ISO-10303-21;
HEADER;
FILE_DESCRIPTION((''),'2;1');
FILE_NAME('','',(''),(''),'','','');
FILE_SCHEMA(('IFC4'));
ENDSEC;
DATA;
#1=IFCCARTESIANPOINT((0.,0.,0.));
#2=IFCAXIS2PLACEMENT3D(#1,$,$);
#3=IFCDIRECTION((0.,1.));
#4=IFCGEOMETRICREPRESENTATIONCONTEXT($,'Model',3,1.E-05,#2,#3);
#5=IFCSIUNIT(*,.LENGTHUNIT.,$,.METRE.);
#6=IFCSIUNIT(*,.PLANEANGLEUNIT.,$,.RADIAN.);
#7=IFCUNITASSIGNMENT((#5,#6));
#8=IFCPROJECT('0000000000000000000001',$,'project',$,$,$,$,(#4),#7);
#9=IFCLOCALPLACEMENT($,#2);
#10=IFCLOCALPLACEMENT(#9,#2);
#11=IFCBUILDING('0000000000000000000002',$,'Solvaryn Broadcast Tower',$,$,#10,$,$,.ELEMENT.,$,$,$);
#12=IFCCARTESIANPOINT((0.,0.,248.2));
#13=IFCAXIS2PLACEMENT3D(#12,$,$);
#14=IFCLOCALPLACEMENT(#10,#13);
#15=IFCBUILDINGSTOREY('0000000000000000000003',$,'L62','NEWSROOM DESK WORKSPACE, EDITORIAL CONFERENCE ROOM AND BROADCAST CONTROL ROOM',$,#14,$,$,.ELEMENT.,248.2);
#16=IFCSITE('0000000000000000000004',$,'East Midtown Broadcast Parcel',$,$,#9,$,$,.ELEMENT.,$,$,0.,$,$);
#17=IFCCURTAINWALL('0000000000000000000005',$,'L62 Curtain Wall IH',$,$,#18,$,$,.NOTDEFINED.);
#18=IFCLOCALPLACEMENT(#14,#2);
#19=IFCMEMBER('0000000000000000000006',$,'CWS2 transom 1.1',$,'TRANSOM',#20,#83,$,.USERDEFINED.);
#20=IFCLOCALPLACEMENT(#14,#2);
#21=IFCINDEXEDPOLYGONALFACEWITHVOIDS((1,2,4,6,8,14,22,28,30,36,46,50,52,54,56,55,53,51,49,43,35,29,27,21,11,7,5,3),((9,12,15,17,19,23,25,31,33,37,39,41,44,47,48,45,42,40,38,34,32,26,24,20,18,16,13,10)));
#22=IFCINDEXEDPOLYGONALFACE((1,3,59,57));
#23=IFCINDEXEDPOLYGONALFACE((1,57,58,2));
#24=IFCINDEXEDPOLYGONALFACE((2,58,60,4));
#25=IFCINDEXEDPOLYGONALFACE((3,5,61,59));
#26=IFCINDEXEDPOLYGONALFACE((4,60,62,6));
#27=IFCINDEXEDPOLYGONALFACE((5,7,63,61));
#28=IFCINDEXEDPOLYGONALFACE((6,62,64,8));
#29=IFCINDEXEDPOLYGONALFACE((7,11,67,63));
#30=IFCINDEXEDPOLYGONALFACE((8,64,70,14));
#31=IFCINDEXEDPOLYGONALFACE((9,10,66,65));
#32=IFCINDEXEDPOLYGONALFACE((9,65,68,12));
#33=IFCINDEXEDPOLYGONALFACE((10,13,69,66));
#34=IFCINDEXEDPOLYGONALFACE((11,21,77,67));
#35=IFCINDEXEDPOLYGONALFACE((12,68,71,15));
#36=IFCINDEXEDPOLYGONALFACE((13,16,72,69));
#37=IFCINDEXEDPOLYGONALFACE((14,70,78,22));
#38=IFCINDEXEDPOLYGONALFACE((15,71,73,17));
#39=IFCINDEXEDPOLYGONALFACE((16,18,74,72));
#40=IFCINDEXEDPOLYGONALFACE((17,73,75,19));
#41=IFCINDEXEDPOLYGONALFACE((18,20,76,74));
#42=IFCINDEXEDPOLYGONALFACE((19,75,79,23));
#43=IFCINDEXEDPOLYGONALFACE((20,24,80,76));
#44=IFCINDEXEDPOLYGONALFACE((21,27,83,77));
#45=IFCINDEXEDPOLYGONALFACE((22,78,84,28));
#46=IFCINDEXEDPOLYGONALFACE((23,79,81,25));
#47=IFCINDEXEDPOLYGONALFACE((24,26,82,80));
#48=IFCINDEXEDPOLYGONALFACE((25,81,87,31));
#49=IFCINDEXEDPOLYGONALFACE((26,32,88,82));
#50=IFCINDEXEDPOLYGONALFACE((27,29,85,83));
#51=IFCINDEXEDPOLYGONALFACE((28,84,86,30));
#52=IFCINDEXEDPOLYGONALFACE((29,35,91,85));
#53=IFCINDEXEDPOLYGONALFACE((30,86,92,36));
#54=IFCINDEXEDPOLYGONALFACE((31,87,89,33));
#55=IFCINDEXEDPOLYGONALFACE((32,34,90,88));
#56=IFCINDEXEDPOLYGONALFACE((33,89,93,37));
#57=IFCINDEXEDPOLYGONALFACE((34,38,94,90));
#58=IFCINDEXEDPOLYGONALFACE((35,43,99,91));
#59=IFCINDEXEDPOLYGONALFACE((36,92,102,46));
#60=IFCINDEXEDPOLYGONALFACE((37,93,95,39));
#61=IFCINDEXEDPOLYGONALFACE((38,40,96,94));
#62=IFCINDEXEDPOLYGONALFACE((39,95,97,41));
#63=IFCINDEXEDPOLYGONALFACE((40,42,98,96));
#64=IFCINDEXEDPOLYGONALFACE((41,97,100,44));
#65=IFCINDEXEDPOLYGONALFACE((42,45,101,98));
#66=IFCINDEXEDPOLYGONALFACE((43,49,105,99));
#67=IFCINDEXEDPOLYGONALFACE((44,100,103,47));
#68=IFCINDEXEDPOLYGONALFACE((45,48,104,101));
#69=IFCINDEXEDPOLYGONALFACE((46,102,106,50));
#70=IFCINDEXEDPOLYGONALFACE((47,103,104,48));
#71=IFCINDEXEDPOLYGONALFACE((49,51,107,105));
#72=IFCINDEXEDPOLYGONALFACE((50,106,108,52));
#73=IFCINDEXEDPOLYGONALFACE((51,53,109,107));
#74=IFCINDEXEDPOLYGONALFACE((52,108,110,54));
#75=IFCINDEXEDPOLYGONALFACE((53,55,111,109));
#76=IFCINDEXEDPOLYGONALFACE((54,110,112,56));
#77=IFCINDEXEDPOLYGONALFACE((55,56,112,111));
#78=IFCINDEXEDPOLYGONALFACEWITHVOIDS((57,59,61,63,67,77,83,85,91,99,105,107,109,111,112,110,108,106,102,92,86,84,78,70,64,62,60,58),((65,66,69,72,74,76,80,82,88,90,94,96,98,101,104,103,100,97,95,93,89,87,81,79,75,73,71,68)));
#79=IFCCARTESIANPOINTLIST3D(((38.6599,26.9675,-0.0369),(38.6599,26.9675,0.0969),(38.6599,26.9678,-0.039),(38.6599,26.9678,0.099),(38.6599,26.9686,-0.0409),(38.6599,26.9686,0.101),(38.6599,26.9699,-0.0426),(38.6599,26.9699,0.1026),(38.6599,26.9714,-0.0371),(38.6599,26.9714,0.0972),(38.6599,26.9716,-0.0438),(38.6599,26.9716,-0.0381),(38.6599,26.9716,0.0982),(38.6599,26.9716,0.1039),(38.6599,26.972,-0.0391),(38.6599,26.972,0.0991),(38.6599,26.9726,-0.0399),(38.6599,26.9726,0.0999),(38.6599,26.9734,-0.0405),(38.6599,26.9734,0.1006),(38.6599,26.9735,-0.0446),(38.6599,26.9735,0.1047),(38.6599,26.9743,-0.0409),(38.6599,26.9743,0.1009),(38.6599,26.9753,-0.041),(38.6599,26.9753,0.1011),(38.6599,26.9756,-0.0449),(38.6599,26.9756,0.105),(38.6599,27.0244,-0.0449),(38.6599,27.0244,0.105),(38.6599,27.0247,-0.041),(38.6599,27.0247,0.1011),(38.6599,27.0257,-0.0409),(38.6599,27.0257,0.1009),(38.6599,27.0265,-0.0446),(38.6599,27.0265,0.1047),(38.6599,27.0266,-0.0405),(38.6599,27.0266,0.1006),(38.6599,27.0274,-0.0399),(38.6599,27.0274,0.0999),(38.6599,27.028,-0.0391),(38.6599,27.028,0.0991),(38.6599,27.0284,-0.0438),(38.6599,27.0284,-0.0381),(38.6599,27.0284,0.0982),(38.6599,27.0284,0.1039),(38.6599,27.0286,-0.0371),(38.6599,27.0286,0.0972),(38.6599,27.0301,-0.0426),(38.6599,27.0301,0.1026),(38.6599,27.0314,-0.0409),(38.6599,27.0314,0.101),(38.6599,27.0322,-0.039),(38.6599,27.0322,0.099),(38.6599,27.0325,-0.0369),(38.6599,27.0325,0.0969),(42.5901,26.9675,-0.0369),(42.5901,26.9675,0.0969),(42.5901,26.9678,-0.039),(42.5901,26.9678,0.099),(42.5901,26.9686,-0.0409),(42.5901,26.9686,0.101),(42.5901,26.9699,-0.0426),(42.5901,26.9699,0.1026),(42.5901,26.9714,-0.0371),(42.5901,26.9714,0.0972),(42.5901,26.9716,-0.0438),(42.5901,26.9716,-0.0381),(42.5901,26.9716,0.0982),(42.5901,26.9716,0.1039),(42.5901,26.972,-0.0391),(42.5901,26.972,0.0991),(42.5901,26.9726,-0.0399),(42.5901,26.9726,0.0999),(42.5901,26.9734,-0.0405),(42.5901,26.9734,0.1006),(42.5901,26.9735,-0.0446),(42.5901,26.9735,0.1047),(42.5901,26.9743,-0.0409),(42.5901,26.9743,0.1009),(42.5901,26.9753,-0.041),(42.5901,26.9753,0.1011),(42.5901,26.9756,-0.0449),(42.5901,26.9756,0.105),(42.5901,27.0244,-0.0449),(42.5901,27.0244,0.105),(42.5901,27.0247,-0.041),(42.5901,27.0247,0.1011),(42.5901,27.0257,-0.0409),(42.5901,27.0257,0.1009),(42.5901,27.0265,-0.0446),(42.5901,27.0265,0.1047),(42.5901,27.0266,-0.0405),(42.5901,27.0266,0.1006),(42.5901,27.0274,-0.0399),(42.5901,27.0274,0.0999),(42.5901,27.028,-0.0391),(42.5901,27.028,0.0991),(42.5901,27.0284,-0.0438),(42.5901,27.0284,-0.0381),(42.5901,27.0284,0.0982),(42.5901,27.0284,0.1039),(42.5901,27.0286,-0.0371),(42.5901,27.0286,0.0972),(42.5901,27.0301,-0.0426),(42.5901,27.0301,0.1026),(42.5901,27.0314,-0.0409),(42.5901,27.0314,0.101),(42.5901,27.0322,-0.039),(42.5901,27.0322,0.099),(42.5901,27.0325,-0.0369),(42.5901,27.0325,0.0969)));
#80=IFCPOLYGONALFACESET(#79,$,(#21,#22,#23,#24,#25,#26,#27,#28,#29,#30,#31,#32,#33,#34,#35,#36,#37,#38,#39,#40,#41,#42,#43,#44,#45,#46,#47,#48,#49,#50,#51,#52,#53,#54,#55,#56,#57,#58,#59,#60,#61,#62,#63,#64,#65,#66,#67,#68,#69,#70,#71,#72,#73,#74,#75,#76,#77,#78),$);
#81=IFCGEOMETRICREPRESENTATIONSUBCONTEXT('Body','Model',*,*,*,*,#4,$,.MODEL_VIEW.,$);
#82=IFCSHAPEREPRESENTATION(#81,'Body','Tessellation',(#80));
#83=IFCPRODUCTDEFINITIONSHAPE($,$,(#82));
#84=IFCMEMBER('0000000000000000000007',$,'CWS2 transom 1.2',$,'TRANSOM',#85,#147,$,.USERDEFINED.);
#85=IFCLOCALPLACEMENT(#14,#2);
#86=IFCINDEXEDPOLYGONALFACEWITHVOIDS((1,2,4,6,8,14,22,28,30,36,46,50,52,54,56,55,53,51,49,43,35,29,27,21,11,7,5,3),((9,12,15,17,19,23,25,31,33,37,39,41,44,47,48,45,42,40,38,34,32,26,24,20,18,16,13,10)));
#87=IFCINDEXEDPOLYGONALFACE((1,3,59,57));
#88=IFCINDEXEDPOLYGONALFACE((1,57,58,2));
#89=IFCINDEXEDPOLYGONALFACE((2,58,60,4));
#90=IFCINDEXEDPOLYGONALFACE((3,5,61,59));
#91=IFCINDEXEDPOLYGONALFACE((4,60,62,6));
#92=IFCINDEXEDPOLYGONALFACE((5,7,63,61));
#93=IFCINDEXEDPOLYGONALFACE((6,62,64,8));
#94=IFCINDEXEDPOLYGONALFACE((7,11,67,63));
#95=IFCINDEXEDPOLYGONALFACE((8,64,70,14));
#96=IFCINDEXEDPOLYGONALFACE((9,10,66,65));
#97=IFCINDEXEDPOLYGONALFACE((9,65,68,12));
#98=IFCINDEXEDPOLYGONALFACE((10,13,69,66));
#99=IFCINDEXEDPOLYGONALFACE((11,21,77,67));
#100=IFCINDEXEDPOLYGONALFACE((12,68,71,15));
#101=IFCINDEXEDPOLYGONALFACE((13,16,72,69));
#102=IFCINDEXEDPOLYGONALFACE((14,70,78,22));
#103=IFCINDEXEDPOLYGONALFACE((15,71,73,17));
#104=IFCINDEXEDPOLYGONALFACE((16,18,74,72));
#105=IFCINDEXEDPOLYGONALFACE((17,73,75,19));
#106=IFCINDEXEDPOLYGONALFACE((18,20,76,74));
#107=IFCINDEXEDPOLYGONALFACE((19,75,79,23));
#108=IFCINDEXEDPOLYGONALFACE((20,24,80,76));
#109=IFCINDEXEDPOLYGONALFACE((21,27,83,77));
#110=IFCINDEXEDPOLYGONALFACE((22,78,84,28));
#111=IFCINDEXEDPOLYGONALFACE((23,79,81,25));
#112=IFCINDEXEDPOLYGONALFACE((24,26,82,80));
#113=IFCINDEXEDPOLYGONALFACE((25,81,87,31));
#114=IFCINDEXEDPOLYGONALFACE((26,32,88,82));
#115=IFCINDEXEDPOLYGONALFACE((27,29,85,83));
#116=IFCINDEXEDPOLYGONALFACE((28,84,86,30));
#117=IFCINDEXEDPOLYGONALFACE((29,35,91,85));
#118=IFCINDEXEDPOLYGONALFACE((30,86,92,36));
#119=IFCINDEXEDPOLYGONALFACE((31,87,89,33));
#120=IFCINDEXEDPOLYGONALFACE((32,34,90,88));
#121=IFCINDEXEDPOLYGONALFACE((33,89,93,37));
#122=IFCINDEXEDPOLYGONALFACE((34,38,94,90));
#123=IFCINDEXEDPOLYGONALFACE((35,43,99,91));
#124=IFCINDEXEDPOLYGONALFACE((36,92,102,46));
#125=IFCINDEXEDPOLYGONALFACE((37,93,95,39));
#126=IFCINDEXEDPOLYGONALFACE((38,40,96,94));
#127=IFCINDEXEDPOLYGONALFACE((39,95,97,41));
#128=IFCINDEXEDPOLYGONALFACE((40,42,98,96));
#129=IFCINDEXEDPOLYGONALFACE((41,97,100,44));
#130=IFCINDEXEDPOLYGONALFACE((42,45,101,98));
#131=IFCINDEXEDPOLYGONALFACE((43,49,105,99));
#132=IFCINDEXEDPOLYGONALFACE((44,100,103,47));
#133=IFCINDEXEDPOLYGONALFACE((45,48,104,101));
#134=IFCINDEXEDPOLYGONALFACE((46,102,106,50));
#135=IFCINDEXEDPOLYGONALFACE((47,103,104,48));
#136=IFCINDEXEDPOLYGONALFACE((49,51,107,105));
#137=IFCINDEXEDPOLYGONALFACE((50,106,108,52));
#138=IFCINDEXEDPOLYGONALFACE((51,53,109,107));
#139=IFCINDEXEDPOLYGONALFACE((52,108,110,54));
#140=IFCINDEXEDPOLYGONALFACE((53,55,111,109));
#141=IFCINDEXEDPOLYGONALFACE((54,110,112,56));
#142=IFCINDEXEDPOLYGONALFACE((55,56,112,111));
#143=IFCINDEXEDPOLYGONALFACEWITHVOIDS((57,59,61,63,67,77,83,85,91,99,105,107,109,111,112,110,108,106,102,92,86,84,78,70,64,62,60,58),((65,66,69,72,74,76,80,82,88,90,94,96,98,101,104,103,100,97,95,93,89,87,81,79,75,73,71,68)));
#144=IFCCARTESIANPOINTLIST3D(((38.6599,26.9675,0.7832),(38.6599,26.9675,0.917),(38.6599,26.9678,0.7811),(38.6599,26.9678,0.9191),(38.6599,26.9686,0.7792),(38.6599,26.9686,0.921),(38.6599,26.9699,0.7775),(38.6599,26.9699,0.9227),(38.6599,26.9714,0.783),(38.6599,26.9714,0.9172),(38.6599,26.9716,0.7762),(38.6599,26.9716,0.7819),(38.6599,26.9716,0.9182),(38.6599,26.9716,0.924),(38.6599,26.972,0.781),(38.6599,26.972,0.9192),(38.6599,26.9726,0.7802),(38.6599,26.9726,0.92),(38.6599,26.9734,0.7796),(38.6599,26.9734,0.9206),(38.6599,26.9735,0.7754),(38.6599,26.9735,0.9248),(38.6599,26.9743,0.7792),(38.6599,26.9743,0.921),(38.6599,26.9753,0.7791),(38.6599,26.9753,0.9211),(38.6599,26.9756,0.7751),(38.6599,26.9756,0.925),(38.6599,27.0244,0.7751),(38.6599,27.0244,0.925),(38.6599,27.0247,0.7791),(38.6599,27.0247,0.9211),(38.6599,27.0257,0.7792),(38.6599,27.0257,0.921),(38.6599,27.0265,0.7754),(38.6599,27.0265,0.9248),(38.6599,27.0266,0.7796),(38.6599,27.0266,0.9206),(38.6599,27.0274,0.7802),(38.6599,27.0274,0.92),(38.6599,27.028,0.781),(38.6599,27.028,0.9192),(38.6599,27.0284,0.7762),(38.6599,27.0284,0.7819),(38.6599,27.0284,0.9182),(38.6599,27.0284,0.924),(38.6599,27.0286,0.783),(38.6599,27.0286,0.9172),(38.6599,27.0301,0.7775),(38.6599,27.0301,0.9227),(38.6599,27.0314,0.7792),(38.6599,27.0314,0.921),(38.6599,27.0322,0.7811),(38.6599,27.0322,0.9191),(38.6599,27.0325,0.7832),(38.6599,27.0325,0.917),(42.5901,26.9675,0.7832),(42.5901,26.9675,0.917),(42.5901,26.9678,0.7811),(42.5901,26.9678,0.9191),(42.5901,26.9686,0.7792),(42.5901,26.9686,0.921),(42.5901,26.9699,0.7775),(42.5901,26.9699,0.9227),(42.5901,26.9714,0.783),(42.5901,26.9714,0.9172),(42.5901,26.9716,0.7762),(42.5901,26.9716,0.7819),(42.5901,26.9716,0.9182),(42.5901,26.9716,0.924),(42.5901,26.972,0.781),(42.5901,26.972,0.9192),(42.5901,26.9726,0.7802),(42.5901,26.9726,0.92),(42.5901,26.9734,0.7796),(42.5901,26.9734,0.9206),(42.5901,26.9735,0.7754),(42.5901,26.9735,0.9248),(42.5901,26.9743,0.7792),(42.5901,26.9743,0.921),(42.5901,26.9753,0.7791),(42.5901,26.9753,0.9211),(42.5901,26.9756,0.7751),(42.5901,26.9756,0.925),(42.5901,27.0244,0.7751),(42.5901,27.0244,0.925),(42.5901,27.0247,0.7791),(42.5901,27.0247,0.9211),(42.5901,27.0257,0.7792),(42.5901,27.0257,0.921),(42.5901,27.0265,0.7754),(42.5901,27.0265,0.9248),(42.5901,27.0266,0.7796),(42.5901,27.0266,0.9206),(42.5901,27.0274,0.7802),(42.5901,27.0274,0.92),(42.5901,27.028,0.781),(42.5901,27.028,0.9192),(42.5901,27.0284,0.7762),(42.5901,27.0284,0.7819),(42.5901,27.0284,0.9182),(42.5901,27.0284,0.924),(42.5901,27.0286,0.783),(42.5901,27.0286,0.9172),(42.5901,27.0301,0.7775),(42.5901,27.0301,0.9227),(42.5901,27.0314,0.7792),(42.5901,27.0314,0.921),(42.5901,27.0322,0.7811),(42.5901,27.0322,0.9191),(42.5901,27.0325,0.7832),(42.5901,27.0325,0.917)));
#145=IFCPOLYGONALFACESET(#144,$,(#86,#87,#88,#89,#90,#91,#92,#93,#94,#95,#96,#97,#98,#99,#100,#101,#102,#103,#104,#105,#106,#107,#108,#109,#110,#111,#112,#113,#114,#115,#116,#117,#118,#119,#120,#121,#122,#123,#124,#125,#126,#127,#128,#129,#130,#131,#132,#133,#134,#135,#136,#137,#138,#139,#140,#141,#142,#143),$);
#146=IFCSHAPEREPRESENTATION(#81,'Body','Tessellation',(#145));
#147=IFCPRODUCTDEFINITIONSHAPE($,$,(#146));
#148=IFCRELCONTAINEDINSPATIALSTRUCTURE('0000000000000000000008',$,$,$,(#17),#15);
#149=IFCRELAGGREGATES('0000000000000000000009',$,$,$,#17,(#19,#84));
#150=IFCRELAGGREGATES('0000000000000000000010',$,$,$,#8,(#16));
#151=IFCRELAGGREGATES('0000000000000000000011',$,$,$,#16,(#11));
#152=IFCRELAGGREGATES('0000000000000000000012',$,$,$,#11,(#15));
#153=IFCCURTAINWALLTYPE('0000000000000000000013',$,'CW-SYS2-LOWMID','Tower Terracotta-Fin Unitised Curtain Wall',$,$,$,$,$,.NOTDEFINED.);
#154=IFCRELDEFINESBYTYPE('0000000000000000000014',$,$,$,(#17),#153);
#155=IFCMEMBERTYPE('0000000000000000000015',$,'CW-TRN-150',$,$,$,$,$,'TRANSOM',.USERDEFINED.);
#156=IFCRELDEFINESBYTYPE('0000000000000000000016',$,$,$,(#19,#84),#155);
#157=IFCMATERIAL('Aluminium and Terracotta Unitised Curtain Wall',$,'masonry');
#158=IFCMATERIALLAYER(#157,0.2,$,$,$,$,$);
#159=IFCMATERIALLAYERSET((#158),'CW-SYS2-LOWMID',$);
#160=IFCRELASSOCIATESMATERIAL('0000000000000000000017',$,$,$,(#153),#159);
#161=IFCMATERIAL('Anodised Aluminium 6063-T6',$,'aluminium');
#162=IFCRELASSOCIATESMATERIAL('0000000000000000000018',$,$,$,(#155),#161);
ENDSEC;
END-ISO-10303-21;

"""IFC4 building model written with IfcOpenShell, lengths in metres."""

from ifc_helpers import new_model, si_unit, direction, frame, origin, origin_2d, place, context, subcontext, project, spatial, hollow_rectangle, extrude, material, layer, layer_set, material_profile, profile_set, type_object, element, aggregate, save


model = new_model("IFC4")

# Units and contexts
model_context = context("Model", 3, precision=1e-05, world=origin(), true_north=direction((0.0, 1.0)))
body_context = subcontext(model_context, "Body", "Model", "MODEL_VIEW")
ifc_project = project(units=[si_unit("LENGTHUNIT", "METRE"), si_unit("PLANEANGLEUNIT", "RADIAN")], contexts=[model_context])

# Site, building, storey
site_placement = place(None, origin())
site = spatial("IfcSite", under=ifc_project, at=site_placement, Name="East Midtown Broadcast Parcel", CompositionType="ELEMENT", RefElevation=0.0)
building_placement = place(site_placement, origin())
building = spatial("IfcBuilding", under=site, at=building_placement, Name="Solvaryn Broadcast Tower", CompositionType="ELEMENT")
storey_placement = place(building_placement, frame((0.0, 0.0, 248.2)))
storey = spatial("IfcBuildingStorey", under=building, at=storey_placement, Name="L62", Description="NEWSROOM DESK WORKSPACE, EDITORIAL CONFERENCE ROOM AND BROADCAST CONTROL ROOM", CompositionType="ELEMENT", Elevation=248.2)

# Shared definitions
ifc_material_1 = material(Name="Aluminium and Terracotta Unitised Curtain Wall", Category="masonry")
ifc_layer_1 = layer(ifc_material_1, 0.2)
ifc_layer_set_1 = layer_set([ifc_layer_1], Name="CW-SYS2-LOWMID")
curtain_wall_type = type_object("IfcCurtainWallType", Name="CW-SYS2-LOWMID", Description="Tower Terracotta-Fin Unitised Curtain Wall", PredefinedType="NOTDEFINED", material=ifc_layer_set_1)

# Curtain wall
curtain_wall_1_placement = place(storey_placement, origin())
curtain_wall_1 = element("IfcCurtainWall", 1, at=curtain_wall_1_placement, inside=storey, type_object=curtain_wall_type, Name="L62 Curtain Wall IH", PredefinedType="NOTDEFINED")

# Members
ifc_material_2 = material(Name="Anodised Aluminium 6063-T6", Category="aluminium")
ifc_material_profile_1 = material_profile(ifc_material_2, hollow_rectangle(XDim=0.0649, YDim=0.1499, WallThickness=0.0039, InnerFilletRadius=0.0039, OuterFilletRadius=0.0081, at=origin_2d()))
ifc_profile_set_1 = profile_set([ifc_material_profile_1], Name="Anodised Aluminium 6063-T6")
member_type_1 = type_object("IfcMemberType", Name="CW-TRN-150", ElementType="TRANSOM", PredefinedType="USERDEFINED", material=ifc_profile_set_1)
member_1_placement = place(storey_placement, frame((38.6599, 27.0, 0.03), z_axis=(1.0, 0.0, 0.0), x_axis=(0.0, 1.0, 0.0)))
member_1 = element("IfcMember", 2, at=member_1_placement, type_object=member_type_1, Name="CWS2 transom 1.1", ObjectType="TRANSOM", PredefinedType="USERDEFINED", context=body_context, shape_type="SweptSolid", body=[
    extrude(hollow_rectangle(XDim=0.0649, YDim=0.1499, WallThickness=0.0039, InnerFilletRadius=0.0039, OuterFilletRadius=0.0081, at=origin_2d()), origin(), (0.0, 0.0, 1.0), 3.9302),
])
member_2_placement = place(storey_placement, frame((38.6599, 27.0, 0.8501), z_axis=(1.0, 0.0, 0.0), x_axis=(0.0, 1.0, 0.0)))
member_2 = element("IfcMember", 3, at=member_2_placement, type_object=member_type_1, Name="CWS2 transom 1.2", ObjectType="TRANSOM", PredefinedType="USERDEFINED", context=body_context, shape_type="SweptSolid", body=[
    extrude(hollow_rectangle(XDim=0.0649, YDim=0.1499, WallThickness=0.0039, InnerFilletRadius=0.0039, OuterFilletRadius=0.0081, at=origin_2d()), origin(), (0.0, 0.0, 1.0), 3.9302),
])

aggregate(curtain_wall_1, [member_1, member_2])

save(model, "model.ifc")
